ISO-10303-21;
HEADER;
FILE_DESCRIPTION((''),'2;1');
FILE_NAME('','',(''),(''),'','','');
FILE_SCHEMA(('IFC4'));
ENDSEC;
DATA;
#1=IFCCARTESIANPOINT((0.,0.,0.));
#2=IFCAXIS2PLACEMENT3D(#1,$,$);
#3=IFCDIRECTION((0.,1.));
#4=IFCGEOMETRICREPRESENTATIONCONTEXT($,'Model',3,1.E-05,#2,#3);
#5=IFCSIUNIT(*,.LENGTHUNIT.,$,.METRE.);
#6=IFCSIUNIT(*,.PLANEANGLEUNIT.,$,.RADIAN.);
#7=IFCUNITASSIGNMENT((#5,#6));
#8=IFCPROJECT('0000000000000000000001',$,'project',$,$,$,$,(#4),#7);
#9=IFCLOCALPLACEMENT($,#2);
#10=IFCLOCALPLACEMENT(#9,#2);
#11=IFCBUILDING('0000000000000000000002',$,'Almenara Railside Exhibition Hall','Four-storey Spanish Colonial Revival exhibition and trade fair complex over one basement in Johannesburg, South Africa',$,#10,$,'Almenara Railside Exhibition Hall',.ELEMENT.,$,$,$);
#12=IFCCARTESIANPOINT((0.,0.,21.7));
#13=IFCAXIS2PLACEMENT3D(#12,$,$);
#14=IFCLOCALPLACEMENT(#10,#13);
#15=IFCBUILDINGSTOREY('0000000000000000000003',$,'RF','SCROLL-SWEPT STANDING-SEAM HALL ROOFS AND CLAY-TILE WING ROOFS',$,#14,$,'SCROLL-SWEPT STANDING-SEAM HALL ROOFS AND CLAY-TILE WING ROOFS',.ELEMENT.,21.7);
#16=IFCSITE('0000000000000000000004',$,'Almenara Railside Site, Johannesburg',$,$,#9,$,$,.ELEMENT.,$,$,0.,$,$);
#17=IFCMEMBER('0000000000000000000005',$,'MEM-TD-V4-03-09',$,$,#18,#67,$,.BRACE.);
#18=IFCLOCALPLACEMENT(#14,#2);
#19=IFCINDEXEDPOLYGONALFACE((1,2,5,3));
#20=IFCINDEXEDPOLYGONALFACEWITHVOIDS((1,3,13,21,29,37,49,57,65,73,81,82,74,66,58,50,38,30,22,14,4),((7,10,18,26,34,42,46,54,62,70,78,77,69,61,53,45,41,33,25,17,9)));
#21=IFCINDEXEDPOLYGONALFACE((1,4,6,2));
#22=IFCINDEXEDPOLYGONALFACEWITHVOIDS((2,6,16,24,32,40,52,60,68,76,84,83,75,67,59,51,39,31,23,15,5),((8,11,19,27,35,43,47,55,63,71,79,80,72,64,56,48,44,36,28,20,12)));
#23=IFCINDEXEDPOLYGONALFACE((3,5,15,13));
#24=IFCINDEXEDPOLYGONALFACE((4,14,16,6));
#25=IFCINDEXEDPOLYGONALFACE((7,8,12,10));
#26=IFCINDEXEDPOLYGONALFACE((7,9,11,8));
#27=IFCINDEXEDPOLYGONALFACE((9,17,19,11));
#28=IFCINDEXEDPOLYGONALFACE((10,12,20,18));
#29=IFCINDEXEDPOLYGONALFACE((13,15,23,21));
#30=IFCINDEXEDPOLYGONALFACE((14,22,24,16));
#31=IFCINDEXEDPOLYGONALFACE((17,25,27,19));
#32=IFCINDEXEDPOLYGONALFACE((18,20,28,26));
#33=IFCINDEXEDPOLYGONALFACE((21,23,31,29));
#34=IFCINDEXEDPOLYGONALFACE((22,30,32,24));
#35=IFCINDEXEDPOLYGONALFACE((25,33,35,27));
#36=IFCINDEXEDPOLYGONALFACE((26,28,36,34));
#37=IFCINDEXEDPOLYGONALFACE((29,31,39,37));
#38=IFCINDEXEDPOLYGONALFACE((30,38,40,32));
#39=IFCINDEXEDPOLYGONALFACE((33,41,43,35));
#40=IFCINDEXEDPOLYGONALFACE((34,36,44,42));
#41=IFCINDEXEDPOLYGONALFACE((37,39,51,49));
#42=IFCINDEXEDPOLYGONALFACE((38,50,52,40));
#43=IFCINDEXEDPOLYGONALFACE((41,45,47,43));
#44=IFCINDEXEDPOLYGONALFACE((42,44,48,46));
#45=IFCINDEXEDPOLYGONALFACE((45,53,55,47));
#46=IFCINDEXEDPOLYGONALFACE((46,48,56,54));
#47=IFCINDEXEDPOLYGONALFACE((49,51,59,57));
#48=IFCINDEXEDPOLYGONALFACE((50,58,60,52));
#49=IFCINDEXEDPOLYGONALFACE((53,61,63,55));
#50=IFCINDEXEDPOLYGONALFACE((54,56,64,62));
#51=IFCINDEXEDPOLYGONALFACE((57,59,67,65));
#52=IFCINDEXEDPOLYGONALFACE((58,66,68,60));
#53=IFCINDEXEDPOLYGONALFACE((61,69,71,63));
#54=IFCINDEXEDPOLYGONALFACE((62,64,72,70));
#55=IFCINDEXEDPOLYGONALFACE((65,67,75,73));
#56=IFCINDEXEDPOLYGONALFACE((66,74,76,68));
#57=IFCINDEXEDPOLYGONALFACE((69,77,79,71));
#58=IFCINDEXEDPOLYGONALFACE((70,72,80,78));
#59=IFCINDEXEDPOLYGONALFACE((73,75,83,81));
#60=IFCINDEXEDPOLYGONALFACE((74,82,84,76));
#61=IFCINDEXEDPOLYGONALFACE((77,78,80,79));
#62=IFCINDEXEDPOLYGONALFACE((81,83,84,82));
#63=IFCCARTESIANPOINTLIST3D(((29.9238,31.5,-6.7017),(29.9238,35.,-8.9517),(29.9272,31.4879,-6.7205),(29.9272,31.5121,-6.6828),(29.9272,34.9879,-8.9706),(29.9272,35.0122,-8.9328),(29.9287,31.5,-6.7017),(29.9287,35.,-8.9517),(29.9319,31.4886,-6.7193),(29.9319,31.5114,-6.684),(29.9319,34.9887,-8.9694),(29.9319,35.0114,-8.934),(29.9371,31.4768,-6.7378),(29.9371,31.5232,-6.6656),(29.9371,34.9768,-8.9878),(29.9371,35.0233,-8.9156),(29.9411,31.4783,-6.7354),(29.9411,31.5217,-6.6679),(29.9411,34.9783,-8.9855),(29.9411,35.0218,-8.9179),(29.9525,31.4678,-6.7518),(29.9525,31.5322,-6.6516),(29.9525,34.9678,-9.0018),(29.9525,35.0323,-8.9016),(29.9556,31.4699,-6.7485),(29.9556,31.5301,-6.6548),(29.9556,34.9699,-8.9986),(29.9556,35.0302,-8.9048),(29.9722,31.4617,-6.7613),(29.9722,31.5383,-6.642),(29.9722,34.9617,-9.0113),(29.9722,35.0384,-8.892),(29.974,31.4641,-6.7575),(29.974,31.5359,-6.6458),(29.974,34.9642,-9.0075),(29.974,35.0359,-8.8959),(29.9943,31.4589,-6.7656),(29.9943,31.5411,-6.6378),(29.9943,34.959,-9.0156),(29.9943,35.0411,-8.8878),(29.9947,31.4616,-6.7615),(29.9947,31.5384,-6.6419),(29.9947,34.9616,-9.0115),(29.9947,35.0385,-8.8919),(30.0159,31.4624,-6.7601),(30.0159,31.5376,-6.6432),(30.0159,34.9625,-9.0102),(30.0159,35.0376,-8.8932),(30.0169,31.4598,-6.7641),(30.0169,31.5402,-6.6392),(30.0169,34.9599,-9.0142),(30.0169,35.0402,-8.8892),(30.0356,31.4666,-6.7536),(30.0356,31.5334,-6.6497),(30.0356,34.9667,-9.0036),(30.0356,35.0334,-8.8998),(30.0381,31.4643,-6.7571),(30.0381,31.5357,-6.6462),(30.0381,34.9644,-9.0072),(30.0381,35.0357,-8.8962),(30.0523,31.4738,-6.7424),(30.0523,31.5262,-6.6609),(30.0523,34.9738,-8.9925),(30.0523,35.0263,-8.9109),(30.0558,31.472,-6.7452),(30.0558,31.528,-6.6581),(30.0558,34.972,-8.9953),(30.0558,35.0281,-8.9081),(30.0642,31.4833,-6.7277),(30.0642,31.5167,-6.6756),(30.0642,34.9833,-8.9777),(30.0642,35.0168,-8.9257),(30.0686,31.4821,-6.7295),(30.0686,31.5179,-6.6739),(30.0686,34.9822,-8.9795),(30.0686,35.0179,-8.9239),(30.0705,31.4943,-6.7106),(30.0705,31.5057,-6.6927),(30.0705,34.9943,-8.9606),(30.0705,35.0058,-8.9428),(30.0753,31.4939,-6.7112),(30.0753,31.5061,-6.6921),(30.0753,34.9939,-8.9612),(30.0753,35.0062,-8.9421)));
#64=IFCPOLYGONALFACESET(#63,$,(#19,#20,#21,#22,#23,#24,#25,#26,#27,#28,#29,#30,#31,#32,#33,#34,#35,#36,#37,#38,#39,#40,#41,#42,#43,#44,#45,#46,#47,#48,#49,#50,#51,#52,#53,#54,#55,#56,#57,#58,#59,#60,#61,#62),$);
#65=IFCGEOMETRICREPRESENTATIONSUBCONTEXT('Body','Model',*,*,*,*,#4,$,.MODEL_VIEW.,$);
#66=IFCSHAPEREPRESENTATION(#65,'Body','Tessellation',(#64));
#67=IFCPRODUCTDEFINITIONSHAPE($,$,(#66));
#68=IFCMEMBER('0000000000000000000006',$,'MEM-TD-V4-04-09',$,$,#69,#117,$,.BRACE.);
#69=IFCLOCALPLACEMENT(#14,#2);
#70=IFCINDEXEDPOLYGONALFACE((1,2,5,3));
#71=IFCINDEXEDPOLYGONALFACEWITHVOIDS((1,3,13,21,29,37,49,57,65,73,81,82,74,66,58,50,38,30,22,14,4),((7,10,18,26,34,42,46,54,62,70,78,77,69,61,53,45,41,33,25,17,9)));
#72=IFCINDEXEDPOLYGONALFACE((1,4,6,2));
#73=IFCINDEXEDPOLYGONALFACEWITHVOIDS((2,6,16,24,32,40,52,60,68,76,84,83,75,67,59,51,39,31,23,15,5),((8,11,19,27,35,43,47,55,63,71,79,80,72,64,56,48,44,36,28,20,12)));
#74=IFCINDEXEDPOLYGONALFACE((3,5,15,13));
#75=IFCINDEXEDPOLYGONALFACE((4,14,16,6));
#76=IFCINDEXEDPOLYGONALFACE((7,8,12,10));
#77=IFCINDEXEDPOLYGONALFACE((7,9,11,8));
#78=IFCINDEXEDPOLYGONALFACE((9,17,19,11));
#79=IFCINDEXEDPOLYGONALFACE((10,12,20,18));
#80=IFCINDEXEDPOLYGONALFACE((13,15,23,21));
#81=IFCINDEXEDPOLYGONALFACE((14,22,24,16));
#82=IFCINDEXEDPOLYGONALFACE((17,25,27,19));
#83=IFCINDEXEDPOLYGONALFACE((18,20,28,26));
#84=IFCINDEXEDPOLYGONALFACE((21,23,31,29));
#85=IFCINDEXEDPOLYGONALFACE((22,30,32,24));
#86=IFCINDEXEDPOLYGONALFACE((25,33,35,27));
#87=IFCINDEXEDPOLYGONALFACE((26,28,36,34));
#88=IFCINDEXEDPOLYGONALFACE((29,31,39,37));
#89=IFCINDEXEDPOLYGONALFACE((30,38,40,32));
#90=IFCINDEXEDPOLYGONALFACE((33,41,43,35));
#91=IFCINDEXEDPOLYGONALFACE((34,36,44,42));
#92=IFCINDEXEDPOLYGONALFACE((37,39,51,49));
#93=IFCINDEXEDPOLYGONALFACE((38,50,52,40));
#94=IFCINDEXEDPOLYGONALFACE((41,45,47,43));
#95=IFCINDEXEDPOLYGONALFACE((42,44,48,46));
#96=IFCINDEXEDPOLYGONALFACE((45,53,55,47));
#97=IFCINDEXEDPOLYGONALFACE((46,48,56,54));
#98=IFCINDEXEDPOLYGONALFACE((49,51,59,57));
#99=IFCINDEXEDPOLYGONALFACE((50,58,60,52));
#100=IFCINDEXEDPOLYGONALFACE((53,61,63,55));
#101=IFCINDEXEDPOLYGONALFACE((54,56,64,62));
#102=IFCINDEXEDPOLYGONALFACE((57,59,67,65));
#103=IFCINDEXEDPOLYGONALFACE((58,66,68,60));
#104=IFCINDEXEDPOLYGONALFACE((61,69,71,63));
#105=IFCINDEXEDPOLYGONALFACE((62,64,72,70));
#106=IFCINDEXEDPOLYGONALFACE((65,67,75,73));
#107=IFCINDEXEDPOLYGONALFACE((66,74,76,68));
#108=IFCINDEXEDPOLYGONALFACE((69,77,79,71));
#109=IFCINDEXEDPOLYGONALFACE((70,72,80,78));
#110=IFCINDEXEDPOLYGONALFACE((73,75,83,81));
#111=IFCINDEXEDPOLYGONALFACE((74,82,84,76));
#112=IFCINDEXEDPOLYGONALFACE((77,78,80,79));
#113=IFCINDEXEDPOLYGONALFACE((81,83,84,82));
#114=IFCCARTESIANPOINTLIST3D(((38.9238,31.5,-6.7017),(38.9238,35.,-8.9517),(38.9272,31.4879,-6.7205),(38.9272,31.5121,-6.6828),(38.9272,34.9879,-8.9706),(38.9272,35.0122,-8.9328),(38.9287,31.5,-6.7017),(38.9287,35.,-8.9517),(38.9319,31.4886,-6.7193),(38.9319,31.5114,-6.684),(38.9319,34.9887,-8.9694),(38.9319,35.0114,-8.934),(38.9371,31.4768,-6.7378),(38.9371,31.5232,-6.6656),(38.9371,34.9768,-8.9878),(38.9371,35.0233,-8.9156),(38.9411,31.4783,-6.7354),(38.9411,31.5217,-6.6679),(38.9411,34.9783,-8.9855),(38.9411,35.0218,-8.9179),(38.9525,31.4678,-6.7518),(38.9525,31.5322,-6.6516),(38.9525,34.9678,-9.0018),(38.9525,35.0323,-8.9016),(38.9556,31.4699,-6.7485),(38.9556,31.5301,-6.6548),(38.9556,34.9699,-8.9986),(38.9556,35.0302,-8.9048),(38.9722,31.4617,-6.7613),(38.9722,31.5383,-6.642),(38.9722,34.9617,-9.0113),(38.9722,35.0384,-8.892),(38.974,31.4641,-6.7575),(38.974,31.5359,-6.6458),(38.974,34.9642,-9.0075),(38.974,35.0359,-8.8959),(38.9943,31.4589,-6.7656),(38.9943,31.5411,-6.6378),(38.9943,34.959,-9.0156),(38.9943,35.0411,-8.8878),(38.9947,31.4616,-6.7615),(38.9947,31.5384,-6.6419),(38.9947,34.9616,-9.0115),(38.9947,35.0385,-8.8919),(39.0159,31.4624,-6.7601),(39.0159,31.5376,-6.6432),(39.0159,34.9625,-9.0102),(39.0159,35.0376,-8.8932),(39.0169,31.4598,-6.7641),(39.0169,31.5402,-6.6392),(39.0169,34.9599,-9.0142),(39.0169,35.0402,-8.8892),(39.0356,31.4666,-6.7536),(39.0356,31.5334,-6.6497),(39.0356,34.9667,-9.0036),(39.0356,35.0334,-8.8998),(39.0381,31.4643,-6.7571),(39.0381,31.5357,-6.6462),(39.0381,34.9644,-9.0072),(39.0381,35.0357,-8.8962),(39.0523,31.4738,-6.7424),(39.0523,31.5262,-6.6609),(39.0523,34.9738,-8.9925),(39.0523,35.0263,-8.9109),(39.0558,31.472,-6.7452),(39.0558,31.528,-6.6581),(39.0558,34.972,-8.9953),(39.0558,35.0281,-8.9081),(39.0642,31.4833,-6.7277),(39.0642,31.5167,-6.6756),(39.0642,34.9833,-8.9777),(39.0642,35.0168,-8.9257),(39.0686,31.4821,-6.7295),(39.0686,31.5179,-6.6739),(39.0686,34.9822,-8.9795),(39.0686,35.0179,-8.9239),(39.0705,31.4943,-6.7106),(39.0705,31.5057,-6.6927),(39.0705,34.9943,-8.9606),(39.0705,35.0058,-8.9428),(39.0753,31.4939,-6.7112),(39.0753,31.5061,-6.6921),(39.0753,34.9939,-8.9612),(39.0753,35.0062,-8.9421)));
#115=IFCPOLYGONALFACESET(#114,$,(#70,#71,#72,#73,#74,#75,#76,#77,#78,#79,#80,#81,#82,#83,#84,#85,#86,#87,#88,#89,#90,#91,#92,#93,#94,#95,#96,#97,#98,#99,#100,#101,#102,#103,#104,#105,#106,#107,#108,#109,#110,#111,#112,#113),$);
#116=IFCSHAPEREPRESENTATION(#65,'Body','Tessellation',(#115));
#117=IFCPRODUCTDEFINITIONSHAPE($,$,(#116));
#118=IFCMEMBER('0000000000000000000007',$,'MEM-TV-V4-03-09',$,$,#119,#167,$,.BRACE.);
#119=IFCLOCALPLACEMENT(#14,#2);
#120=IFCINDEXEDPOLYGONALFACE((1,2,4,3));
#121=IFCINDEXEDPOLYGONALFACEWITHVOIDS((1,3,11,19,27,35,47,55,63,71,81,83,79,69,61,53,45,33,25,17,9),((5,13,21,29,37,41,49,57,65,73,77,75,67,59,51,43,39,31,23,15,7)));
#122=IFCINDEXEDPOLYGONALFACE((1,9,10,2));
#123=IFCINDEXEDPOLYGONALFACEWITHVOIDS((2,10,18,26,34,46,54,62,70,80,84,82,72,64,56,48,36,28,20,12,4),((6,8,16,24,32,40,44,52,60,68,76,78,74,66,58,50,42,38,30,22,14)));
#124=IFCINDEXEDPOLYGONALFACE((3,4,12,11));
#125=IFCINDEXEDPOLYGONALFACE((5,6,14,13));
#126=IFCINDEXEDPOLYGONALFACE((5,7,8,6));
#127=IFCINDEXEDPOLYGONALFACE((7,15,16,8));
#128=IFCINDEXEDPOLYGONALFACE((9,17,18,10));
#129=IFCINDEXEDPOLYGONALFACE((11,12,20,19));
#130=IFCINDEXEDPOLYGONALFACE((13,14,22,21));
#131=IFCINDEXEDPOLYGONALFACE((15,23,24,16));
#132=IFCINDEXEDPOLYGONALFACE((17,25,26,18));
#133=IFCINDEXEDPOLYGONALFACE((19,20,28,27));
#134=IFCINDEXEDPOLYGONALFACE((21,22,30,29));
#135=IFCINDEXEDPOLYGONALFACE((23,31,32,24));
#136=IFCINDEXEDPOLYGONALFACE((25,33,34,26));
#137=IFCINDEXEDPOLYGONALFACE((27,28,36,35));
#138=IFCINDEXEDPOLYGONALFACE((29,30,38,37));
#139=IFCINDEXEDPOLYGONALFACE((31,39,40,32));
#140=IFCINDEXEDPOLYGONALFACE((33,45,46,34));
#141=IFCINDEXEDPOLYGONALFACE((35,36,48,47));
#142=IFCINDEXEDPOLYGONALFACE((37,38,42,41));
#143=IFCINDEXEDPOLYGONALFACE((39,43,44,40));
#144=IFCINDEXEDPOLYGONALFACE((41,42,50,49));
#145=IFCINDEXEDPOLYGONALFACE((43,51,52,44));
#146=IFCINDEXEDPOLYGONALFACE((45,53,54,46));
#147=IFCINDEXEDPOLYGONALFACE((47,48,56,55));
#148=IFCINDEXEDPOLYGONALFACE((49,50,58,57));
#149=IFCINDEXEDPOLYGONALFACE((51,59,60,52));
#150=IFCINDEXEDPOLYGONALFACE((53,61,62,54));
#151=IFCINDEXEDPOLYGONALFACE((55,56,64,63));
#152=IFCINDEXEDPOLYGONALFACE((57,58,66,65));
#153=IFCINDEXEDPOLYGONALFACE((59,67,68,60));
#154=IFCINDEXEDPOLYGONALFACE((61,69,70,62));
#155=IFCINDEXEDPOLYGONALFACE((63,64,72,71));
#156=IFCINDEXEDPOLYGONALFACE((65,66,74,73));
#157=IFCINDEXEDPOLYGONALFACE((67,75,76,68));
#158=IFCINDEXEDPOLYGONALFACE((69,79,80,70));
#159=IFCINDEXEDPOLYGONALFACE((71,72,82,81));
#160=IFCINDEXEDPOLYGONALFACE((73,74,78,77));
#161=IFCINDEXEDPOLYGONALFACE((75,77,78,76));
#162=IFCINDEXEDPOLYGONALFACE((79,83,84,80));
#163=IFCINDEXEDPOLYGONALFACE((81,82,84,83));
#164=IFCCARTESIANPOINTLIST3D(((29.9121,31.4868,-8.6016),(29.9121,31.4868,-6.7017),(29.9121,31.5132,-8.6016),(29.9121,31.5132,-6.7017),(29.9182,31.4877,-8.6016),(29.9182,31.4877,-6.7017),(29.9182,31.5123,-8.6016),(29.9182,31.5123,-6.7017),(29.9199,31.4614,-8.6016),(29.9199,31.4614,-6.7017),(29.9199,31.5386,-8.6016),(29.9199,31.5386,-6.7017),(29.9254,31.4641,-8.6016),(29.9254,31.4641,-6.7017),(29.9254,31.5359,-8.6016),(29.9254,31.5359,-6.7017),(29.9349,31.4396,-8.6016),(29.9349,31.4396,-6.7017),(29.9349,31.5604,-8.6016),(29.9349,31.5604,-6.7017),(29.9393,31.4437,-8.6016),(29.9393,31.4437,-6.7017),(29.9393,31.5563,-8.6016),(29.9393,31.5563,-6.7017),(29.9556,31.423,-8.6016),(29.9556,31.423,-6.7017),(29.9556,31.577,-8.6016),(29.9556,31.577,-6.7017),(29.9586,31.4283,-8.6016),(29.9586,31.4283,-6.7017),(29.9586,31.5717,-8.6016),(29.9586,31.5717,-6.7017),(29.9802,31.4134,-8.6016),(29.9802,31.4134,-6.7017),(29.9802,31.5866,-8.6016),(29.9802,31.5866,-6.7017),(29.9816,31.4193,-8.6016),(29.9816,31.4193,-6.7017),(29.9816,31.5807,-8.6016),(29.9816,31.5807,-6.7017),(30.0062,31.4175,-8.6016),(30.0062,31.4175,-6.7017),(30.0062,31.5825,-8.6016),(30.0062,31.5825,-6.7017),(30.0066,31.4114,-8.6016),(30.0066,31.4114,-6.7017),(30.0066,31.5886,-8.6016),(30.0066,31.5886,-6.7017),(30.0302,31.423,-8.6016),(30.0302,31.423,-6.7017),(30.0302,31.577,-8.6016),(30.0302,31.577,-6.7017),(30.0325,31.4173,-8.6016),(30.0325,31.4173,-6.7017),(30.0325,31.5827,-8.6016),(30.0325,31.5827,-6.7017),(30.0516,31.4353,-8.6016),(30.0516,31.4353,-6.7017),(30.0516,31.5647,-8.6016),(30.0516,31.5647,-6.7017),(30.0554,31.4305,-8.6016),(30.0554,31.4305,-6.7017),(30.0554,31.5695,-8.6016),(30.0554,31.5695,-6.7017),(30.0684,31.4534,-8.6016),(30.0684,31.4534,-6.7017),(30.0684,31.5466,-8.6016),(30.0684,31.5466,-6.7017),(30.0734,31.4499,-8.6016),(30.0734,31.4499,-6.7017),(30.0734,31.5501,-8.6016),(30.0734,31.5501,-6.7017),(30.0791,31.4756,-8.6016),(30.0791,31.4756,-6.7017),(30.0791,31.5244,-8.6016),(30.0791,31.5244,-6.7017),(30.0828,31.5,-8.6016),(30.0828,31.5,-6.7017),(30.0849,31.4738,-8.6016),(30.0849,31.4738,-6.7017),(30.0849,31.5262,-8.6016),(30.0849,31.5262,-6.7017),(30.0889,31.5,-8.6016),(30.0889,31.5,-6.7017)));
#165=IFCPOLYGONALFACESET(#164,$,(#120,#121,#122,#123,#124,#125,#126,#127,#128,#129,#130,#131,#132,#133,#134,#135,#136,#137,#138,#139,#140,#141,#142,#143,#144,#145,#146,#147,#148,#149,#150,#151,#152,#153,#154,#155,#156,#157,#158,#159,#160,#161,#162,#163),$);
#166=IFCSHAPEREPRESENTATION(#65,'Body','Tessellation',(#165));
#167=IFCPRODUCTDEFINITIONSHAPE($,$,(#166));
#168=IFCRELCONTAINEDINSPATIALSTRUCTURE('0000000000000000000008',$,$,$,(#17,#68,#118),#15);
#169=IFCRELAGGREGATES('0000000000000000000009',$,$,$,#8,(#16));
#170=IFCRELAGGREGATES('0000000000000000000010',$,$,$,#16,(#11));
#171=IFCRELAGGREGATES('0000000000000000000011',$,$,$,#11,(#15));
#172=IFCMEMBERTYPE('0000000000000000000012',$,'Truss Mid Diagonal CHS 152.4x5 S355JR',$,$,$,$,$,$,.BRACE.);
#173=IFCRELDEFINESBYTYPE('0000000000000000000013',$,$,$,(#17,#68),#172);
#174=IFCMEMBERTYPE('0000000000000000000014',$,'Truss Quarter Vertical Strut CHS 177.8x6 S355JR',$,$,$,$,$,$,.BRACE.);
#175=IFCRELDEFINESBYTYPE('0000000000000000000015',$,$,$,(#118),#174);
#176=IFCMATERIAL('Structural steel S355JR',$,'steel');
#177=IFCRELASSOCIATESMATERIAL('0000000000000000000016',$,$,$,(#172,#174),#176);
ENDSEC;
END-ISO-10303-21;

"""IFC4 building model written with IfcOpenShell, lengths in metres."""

from ifc_helpers import new_model, si_unit, direction, frame, origin, origin_2d, place, context, subcontext, project, spatial, hollow_circle, extrude, material, material_profile, profile_set, type_object, element, save


model = new_model("IFC4")

# Units and contexts
model_context = context("Model", 3, precision=1e-05, world=origin(), true_north=direction((0.0, 1.0)))
body_context = subcontext(model_context, "Body", "Model", "MODEL_VIEW")
ifc_project = project(units=[si_unit("LENGTHUNIT", "METRE"), si_unit("PLANEANGLEUNIT", "RADIAN")], contexts=[model_context])

# Site, building, storey
site_placement = place(None, origin())
site = spatial("IfcSite", under=ifc_project, at=site_placement, Name="Almenara Railside Site, Johannesburg", CompositionType="ELEMENT", RefElevation=0.0)
building_placement = place(site_placement, origin())
building = spatial("IfcBuilding", under=site, at=building_placement, Name="Almenara Railside Exhibition Hall", Description="Four-storey Spanish Colonial Revival exhibition and trade fair complex over one basement in Johannesburg, South Africa", LongName="Almenara Railside Exhibition Hall", CompositionType="ELEMENT")
storey_placement = place(building_placement, frame((0.0, 0.0, 21.7)))
storey = spatial("IfcBuildingStorey", under=building, at=storey_placement, Name="RF", Description="SCROLL-SWEPT STANDING-SEAM HALL ROOFS AND CLAY-TILE WING ROOFS", LongName="SCROLL-SWEPT STANDING-SEAM HALL ROOFS AND CLAY-TILE WING ROOFS", CompositionType="ELEMENT", Elevation=21.7)

# Members
ifc_material_1 = material(Name="Structural steel S355JR", Category="steel")
ifc_material_profile_1 = material_profile(ifc_material_1, hollow_circle(Radius=0.0762, WallThickness=0.0049, at=origin_2d()), Name="CHS 152.4x5")
ifc_profile_set_1 = profile_set([ifc_material_profile_1], Name="Structural steel S355JR")
member_type_1 = type_object("IfcMemberType", Name="Truss Mid Diagonal CHS 152.4x5 S355JR", PredefinedType="BRACE", material=ifc_profile_set_1)
for number, where, z_axis, x_axis, name in (
    (1, (30.0, 31.5, -6.7017), (0.0, 0.841178, -0.540758), (-1.0, 0.0, 0.0), "MEM-TD-V4-03-09"),
    (2, (39.0, 31.5, -6.7017), (0.0, 0.841178, -0.540758), (-1.0, 0.0, 0.0), "MEM-TD-V4-04-09"),
):
    element("IfcMember", number, at=place(storey_placement, frame(where, z_axis=z_axis, x_axis=x_axis)), inside=storey, type_object=member_type_1, Name=name, PredefinedType="BRACE", context=body_context, shape_type="SweptSolid", body=[
        extrude(hollow_circle(Radius=0.0762, WallThickness=0.0049, at=origin_2d()), origin(), (0.0, 0.0, 1.0), 4.1609),
    ])
ifc_material_profile_2 = material_profile(ifc_material_1, hollow_circle(Radius=0.0889, WallThickness=0.0061, at=origin_2d()), Name="CHS 177.8x6")
ifc_profile_set_2 = profile_set([ifc_material_profile_2], Name="Structural steel S355JR")
member_type_2 = type_object("IfcMemberType", Name="Truss Quarter Vertical Strut CHS 177.8x6 S355JR", PredefinedType="BRACE", material=ifc_profile_set_2)
for number, where, z_axis, x_axis, name in (
    (3, (30.0, 31.5, -8.6016), (0.0, 0.0, 1.0), (1.0, 0.0, 0.0), "MEM-TV-V4-03-09"),
):
    element("IfcMember", number, at=place(storey_placement, frame(where, z_axis=z_axis, x_axis=x_axis)), inside=storey, type_object=member_type_2, Name=name, PredefinedType="BRACE", context=body_context, shape_type="SweptSolid", body=[
        extrude(hollow_circle(Radius=0.0889, WallThickness=0.0061, at=origin_2d()), origin(), (0.0, 0.0, 1.0), 1.8999),
    ])

save(model, "model.ifc")
